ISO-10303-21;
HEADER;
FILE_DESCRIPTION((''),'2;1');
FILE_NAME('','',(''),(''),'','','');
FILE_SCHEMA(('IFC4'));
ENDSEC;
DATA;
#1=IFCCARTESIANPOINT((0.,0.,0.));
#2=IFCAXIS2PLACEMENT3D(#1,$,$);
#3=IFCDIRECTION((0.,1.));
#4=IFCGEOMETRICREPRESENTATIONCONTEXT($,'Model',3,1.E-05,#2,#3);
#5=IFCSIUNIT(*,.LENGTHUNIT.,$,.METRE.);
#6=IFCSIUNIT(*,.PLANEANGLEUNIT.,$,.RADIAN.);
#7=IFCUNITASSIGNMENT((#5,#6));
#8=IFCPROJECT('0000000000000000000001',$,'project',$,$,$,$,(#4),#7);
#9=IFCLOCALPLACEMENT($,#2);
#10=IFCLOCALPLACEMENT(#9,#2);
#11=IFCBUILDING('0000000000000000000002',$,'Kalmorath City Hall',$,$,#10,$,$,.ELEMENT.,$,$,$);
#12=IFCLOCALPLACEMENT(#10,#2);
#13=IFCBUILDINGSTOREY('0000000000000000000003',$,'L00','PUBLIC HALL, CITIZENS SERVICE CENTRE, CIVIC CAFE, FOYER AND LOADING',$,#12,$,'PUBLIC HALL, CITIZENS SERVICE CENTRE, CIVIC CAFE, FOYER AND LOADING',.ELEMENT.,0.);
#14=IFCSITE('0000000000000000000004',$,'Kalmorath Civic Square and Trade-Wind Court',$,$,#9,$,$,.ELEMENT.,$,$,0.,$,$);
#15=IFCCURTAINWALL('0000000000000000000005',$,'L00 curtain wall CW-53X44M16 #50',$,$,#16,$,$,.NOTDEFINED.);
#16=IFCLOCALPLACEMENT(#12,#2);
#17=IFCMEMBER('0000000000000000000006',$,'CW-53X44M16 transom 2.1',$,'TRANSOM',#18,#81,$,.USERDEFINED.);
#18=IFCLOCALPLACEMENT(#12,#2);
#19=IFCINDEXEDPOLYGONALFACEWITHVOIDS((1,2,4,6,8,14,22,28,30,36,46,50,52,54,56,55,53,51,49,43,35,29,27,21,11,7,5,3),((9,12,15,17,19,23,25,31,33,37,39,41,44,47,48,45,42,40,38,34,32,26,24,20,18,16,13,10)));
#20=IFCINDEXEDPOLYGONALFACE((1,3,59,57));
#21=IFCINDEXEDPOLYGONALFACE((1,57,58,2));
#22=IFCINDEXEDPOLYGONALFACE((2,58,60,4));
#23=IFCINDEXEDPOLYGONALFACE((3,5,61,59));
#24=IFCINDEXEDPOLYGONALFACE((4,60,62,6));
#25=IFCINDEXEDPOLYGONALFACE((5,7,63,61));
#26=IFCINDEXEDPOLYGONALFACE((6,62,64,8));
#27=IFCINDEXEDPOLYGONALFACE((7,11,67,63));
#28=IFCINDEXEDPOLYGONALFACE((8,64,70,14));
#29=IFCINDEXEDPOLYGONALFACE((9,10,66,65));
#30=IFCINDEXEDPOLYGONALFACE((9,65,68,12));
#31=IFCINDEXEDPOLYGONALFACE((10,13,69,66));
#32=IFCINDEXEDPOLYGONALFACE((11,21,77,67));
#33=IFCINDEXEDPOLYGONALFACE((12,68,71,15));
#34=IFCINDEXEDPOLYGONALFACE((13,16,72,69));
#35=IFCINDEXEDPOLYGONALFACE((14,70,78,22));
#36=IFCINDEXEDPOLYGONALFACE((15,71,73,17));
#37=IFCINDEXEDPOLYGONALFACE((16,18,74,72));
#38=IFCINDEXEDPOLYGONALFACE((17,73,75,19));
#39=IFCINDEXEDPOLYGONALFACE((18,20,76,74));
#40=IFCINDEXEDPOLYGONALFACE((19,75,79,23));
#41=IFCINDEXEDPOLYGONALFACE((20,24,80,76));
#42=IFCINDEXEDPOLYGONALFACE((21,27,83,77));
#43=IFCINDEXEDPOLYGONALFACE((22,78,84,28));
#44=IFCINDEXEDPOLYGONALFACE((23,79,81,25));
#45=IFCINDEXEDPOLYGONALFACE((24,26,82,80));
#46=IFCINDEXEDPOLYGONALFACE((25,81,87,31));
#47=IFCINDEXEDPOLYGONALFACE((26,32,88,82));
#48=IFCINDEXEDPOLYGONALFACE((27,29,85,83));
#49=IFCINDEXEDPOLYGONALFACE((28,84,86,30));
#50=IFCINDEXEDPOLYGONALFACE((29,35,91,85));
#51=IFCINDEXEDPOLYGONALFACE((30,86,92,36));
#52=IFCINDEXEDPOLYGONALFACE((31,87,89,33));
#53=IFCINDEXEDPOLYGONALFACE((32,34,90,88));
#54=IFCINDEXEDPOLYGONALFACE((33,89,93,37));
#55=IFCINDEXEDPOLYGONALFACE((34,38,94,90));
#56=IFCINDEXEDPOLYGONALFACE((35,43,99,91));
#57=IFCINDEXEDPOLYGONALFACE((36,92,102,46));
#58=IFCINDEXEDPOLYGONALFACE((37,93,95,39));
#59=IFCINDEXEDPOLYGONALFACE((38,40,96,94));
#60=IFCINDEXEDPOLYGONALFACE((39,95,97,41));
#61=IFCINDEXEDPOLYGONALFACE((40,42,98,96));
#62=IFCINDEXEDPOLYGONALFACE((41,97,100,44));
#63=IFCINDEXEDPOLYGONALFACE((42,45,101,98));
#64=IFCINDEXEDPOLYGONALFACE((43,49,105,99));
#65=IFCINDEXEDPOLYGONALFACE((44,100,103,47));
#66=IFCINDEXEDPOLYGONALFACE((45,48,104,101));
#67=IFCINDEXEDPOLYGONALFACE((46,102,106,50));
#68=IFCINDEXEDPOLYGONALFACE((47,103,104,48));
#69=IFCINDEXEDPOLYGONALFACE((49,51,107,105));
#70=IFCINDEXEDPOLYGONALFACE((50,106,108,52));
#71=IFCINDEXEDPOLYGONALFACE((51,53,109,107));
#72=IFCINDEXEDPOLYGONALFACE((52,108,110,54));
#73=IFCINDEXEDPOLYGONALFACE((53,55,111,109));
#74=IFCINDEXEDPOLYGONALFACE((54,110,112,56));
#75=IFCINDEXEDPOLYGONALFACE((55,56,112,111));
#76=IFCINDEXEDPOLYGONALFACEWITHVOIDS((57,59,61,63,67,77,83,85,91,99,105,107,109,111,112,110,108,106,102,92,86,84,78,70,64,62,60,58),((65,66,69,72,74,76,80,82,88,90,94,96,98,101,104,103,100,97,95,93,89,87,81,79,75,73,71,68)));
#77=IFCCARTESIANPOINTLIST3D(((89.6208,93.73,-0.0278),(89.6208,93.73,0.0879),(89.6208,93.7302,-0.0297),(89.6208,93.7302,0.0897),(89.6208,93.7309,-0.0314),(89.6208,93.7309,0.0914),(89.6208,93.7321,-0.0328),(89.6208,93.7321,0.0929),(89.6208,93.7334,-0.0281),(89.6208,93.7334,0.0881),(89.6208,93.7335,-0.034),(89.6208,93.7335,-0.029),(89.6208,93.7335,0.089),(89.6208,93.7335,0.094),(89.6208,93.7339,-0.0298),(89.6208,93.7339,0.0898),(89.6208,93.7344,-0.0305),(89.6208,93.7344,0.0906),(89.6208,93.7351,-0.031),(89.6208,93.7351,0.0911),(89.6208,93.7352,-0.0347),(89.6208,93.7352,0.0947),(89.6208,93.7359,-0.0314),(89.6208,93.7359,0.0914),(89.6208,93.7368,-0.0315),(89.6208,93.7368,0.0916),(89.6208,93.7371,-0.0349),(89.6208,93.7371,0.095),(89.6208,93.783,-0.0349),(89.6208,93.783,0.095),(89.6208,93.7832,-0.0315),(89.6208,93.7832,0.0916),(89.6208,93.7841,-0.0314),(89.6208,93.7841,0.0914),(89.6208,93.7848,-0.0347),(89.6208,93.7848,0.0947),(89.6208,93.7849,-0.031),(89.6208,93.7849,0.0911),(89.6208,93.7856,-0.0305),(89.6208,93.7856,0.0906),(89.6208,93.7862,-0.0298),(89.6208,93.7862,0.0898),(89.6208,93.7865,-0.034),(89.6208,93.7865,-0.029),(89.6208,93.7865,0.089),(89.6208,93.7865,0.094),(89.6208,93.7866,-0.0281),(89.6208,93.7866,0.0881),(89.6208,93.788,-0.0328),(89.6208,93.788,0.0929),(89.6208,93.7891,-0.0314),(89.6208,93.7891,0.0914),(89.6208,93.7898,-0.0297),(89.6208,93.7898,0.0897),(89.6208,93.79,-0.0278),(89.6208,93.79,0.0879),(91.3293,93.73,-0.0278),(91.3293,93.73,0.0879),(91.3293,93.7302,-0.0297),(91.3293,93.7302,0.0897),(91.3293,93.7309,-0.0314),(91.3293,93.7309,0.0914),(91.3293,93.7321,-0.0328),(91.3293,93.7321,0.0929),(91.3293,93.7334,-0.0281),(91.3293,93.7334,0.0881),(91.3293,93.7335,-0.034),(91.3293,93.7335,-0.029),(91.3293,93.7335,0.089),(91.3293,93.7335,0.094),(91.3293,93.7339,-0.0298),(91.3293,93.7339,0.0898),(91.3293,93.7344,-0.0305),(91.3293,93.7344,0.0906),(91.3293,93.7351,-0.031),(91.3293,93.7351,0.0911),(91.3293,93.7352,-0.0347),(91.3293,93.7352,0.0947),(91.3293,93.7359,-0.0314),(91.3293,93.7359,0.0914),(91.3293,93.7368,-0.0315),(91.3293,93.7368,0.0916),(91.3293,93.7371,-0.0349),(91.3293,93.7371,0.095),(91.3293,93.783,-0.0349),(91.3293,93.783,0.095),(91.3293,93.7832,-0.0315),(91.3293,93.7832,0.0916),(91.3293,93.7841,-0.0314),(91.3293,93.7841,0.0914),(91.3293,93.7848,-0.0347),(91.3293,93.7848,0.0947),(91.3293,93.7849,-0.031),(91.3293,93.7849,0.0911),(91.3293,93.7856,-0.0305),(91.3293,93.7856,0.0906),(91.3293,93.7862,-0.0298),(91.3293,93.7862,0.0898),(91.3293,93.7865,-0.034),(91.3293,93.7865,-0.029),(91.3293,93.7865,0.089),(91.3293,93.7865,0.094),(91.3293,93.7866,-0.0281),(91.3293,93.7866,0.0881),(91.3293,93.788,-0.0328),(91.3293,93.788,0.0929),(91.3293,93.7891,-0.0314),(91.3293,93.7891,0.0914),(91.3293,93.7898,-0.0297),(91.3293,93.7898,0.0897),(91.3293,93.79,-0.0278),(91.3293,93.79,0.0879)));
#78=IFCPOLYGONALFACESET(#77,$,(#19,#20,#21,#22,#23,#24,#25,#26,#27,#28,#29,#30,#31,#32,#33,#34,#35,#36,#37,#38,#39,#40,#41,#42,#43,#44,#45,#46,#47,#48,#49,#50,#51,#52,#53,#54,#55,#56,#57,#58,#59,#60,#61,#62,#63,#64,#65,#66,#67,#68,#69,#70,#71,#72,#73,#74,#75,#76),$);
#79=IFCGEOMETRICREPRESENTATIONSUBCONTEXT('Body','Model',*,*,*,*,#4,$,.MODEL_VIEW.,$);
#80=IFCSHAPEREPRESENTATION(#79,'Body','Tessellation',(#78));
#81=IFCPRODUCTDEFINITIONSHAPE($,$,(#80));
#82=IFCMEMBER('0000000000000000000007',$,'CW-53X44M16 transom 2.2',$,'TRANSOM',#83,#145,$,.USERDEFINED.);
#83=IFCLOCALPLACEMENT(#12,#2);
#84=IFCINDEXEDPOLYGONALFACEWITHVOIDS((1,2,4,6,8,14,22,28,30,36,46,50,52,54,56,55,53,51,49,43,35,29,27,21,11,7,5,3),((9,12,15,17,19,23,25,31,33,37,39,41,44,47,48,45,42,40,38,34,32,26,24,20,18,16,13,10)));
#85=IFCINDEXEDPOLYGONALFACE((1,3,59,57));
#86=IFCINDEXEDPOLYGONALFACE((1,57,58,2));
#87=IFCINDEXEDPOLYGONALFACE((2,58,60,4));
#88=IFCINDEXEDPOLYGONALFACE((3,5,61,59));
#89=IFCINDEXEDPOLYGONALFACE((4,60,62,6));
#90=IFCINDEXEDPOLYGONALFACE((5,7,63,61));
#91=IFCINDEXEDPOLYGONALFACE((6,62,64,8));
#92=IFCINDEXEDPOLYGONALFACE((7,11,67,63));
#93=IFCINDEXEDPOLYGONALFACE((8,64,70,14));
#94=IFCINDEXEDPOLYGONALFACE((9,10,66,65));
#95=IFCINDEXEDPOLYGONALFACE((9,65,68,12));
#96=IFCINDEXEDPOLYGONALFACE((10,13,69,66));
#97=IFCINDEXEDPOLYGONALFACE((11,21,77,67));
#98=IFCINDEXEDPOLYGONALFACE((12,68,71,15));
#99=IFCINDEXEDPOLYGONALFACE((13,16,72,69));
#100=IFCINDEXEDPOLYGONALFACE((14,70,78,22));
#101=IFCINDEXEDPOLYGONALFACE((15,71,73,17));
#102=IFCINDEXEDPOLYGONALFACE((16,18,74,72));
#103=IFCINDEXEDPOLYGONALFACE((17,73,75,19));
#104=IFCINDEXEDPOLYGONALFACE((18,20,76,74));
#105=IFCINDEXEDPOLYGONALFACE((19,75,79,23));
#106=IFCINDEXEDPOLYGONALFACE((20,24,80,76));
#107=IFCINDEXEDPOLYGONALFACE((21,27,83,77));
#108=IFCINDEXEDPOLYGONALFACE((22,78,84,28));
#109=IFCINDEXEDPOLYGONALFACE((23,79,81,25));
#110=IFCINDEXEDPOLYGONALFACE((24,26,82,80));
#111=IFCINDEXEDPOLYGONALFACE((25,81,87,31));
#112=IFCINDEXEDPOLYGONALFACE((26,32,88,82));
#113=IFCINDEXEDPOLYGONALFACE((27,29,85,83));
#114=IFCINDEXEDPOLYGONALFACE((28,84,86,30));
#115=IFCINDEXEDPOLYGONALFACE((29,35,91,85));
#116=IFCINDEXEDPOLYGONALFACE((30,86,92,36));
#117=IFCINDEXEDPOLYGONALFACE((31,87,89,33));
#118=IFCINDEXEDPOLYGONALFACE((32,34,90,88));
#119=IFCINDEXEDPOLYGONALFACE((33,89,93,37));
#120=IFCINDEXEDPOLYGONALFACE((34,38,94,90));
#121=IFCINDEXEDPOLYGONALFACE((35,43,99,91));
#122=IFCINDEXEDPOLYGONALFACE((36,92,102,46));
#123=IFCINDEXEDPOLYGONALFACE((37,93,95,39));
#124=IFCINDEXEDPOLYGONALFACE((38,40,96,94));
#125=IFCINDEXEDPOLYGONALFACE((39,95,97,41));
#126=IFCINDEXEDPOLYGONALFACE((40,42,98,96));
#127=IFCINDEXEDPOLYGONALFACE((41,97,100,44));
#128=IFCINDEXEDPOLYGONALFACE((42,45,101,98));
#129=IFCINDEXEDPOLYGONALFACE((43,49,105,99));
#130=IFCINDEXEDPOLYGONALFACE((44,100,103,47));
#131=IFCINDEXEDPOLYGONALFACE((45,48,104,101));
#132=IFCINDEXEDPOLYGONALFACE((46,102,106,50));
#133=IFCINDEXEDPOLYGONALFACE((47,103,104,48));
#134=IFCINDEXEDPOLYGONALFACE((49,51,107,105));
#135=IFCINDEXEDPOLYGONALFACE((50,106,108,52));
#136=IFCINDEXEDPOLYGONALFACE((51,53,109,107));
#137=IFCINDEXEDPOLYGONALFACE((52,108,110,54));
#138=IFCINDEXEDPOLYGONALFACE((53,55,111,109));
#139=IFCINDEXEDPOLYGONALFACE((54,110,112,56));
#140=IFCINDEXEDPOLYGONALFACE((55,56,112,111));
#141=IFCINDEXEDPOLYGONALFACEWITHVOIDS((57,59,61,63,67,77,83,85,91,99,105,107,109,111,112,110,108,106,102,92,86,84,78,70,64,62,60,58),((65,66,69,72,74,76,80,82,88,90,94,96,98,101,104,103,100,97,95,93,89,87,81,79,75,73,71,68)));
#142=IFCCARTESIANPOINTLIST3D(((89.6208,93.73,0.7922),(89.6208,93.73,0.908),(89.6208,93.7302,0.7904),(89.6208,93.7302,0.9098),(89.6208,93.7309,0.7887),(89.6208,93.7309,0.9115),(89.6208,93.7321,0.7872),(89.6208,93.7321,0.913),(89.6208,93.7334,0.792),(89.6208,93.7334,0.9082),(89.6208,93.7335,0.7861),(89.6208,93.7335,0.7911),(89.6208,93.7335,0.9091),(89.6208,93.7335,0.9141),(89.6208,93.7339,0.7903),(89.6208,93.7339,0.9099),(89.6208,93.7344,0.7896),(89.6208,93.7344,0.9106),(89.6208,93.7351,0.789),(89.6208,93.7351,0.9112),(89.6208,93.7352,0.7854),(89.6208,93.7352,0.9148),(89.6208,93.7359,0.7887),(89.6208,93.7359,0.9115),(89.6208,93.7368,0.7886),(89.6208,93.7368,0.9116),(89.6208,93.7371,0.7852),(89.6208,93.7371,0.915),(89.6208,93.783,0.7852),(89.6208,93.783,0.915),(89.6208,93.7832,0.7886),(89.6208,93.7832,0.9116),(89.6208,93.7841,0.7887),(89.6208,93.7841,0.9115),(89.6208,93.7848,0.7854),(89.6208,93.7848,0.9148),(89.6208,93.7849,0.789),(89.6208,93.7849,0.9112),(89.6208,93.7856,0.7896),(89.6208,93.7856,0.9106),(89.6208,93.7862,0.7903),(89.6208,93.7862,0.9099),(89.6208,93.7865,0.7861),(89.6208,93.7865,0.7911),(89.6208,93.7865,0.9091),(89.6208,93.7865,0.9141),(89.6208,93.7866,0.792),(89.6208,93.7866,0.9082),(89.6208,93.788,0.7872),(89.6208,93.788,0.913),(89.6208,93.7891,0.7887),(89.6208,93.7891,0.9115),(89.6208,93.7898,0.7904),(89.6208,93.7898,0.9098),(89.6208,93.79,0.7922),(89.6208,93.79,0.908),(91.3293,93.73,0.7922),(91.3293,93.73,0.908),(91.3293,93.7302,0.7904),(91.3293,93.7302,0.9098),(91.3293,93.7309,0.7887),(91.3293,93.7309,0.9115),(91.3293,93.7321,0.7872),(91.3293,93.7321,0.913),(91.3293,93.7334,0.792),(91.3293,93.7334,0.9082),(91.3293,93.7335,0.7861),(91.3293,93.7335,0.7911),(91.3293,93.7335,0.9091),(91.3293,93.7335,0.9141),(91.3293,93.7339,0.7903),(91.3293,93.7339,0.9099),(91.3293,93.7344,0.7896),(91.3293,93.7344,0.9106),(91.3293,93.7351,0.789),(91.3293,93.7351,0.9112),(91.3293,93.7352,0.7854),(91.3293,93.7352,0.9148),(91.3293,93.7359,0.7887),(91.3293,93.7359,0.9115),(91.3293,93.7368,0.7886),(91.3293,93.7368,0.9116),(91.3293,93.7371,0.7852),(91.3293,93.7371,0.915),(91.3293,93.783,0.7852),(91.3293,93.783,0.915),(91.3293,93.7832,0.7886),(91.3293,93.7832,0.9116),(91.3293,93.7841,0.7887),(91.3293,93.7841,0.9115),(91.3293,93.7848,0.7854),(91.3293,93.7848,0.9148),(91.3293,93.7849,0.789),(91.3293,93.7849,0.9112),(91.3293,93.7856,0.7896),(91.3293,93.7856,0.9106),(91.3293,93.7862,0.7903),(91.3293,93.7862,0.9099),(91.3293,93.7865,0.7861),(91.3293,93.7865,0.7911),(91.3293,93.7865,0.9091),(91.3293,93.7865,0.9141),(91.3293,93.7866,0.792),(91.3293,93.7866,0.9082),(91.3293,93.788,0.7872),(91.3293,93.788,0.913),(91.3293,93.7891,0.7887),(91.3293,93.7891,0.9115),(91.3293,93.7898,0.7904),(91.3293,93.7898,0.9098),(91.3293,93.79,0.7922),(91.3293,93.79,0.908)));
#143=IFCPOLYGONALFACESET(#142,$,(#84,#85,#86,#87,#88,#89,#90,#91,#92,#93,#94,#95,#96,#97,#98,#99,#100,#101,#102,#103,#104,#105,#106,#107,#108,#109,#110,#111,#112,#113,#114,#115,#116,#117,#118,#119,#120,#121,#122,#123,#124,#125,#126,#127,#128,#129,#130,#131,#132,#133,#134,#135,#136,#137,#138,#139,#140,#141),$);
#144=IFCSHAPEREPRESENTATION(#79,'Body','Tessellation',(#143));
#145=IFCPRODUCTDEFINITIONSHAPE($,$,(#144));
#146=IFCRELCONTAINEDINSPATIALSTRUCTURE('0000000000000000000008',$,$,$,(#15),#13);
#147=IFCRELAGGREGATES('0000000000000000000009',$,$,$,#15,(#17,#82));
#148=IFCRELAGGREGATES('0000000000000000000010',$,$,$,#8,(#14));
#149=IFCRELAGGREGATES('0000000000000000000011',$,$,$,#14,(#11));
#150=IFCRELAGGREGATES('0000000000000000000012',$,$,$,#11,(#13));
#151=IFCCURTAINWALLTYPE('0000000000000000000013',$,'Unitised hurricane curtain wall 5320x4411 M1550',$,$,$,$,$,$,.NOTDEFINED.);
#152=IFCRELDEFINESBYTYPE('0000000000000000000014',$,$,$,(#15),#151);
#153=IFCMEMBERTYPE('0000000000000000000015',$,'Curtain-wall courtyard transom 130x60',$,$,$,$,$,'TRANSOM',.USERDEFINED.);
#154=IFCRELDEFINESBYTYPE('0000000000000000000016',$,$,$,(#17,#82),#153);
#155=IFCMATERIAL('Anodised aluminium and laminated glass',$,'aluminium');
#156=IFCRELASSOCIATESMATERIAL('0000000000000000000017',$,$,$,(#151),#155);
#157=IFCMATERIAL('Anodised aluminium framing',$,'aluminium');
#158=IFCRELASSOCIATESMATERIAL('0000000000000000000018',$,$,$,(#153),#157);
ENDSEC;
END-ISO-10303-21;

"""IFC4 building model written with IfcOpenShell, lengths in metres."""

from ifc_helpers import new_model, si_unit, direction, frame, origin, origin_2d, place, context, subcontext, project, spatial, hollow_rectangle, extrude, material, material_profile, profile_set, type_object, element, aggregate, save


model = new_model("IFC4")

# Units and contexts
model_context = context("Model", 3, precision=1e-05, world=origin(), true_north=direction((0.0, 1.0)))
body_context = subcontext(model_context, "Body", "Model", "MODEL_VIEW")
ifc_project = project(units=[si_unit("LENGTHUNIT", "METRE"), si_unit("PLANEANGLEUNIT", "RADIAN")], contexts=[model_context])

# Site, building, storey
site_placement = place(None, origin())
site = spatial("IfcSite", under=ifc_project, at=site_placement, Name="Kalmorath Civic Square and Trade-Wind Court", CompositionType="ELEMENT", RefElevation=0.0)
building_placement = place(site_placement, origin())
building = spatial("IfcBuilding", under=site, at=building_placement, Name="Kalmorath City Hall", CompositionType="ELEMENT")
storey_placement = place(building_placement, origin())
storey = spatial("IfcBuildingStorey", under=building, at=storey_placement, Name="L00", Description="PUBLIC HALL, CITIZENS SERVICE CENTRE, CIVIC CAFE, FOYER AND LOADING", LongName="PUBLIC HALL, CITIZENS SERVICE CENTRE, CIVIC CAFE, FOYER AND LOADING", CompositionType="ELEMENT", Elevation=0.0)

# Curtain wall, members
ifc_material_1 = material(Name="Anodised aluminium and laminated glass", Category="aluminium")
curtain_wall_type = type_object("IfcCurtainWallType", Name="Unitised hurricane curtain wall 5320x4411 M1550", PredefinedType="NOTDEFINED", material=ifc_material_1)
curtain_wall_placement = place(storey_placement, origin())
curtain_wall = element("IfcCurtainWall", 1, at=curtain_wall_placement, inside=storey, type_object=curtain_wall_type, Name="L00 curtain wall CW-53X44M16 #50", PredefinedType="NOTDEFINED")
ifc_material_2 = material(Name="Anodised aluminium framing", Category="aluminium")
ifc_material_profile_1 = material_profile(ifc_material_2, hollow_rectangle(XDim=0.0601, YDim=0.1299, WallThickness=0.0034, InnerFilletRadius=0.0034, OuterFilletRadius=0.0071, at=origin_2d()), Name="ALU-TRN-130X60X3.5")
ifc_profile_set_1 = profile_set([ifc_material_profile_1], Name="Anodised aluminium framing")
member_type_1 = type_object("IfcMemberType", Name="Curtain-wall courtyard transom 130x60", ElementType="TRANSOM", PredefinedType="USERDEFINED", material=ifc_profile_set_1)
member_1_placement = place(storey_placement, frame((91.3293, 93.76, 0.03), z_axis=(-1.0, 0.0, 0.0), x_axis=(0.0, -1.0, 0.0)))
member_1 = element("IfcMember", 2, at=member_1_placement, type_object=member_type_1, Name="CW-53X44M16 transom 2.1", ObjectType="TRANSOM", PredefinedType="USERDEFINED", context=body_context, shape_type="SweptSolid", body=[
    extrude(hollow_rectangle(XDim=0.0601, YDim=0.1299, WallThickness=0.0034, InnerFilletRadius=0.0034, OuterFilletRadius=0.0071, at=origin_2d()), origin(), (0.0, 0.0, 1.0), 1.7085),
])
member_2_placement = place(storey_placement, frame((91.3293, 93.76, 0.8501), z_axis=(-1.0, 0.0, 0.0), x_axis=(0.0, -1.0, 0.0)))
member_2 = element("IfcMember", 3, at=member_2_placement, type_object=member_type_1, Name="CW-53X44M16 transom 2.2", ObjectType="TRANSOM", PredefinedType="USERDEFINED", context=body_context, shape_type="SweptSolid", body=[
    extrude(hollow_rectangle(XDim=0.0601, YDim=0.1299, WallThickness=0.0034, InnerFilletRadius=0.0034, OuterFilletRadius=0.0071, at=origin_2d()), origin(), (0.0, 0.0, 1.0), 1.7085),
])

aggregate(curtain_wall, [member_1, member_2])

save(model, "model.ifc")
